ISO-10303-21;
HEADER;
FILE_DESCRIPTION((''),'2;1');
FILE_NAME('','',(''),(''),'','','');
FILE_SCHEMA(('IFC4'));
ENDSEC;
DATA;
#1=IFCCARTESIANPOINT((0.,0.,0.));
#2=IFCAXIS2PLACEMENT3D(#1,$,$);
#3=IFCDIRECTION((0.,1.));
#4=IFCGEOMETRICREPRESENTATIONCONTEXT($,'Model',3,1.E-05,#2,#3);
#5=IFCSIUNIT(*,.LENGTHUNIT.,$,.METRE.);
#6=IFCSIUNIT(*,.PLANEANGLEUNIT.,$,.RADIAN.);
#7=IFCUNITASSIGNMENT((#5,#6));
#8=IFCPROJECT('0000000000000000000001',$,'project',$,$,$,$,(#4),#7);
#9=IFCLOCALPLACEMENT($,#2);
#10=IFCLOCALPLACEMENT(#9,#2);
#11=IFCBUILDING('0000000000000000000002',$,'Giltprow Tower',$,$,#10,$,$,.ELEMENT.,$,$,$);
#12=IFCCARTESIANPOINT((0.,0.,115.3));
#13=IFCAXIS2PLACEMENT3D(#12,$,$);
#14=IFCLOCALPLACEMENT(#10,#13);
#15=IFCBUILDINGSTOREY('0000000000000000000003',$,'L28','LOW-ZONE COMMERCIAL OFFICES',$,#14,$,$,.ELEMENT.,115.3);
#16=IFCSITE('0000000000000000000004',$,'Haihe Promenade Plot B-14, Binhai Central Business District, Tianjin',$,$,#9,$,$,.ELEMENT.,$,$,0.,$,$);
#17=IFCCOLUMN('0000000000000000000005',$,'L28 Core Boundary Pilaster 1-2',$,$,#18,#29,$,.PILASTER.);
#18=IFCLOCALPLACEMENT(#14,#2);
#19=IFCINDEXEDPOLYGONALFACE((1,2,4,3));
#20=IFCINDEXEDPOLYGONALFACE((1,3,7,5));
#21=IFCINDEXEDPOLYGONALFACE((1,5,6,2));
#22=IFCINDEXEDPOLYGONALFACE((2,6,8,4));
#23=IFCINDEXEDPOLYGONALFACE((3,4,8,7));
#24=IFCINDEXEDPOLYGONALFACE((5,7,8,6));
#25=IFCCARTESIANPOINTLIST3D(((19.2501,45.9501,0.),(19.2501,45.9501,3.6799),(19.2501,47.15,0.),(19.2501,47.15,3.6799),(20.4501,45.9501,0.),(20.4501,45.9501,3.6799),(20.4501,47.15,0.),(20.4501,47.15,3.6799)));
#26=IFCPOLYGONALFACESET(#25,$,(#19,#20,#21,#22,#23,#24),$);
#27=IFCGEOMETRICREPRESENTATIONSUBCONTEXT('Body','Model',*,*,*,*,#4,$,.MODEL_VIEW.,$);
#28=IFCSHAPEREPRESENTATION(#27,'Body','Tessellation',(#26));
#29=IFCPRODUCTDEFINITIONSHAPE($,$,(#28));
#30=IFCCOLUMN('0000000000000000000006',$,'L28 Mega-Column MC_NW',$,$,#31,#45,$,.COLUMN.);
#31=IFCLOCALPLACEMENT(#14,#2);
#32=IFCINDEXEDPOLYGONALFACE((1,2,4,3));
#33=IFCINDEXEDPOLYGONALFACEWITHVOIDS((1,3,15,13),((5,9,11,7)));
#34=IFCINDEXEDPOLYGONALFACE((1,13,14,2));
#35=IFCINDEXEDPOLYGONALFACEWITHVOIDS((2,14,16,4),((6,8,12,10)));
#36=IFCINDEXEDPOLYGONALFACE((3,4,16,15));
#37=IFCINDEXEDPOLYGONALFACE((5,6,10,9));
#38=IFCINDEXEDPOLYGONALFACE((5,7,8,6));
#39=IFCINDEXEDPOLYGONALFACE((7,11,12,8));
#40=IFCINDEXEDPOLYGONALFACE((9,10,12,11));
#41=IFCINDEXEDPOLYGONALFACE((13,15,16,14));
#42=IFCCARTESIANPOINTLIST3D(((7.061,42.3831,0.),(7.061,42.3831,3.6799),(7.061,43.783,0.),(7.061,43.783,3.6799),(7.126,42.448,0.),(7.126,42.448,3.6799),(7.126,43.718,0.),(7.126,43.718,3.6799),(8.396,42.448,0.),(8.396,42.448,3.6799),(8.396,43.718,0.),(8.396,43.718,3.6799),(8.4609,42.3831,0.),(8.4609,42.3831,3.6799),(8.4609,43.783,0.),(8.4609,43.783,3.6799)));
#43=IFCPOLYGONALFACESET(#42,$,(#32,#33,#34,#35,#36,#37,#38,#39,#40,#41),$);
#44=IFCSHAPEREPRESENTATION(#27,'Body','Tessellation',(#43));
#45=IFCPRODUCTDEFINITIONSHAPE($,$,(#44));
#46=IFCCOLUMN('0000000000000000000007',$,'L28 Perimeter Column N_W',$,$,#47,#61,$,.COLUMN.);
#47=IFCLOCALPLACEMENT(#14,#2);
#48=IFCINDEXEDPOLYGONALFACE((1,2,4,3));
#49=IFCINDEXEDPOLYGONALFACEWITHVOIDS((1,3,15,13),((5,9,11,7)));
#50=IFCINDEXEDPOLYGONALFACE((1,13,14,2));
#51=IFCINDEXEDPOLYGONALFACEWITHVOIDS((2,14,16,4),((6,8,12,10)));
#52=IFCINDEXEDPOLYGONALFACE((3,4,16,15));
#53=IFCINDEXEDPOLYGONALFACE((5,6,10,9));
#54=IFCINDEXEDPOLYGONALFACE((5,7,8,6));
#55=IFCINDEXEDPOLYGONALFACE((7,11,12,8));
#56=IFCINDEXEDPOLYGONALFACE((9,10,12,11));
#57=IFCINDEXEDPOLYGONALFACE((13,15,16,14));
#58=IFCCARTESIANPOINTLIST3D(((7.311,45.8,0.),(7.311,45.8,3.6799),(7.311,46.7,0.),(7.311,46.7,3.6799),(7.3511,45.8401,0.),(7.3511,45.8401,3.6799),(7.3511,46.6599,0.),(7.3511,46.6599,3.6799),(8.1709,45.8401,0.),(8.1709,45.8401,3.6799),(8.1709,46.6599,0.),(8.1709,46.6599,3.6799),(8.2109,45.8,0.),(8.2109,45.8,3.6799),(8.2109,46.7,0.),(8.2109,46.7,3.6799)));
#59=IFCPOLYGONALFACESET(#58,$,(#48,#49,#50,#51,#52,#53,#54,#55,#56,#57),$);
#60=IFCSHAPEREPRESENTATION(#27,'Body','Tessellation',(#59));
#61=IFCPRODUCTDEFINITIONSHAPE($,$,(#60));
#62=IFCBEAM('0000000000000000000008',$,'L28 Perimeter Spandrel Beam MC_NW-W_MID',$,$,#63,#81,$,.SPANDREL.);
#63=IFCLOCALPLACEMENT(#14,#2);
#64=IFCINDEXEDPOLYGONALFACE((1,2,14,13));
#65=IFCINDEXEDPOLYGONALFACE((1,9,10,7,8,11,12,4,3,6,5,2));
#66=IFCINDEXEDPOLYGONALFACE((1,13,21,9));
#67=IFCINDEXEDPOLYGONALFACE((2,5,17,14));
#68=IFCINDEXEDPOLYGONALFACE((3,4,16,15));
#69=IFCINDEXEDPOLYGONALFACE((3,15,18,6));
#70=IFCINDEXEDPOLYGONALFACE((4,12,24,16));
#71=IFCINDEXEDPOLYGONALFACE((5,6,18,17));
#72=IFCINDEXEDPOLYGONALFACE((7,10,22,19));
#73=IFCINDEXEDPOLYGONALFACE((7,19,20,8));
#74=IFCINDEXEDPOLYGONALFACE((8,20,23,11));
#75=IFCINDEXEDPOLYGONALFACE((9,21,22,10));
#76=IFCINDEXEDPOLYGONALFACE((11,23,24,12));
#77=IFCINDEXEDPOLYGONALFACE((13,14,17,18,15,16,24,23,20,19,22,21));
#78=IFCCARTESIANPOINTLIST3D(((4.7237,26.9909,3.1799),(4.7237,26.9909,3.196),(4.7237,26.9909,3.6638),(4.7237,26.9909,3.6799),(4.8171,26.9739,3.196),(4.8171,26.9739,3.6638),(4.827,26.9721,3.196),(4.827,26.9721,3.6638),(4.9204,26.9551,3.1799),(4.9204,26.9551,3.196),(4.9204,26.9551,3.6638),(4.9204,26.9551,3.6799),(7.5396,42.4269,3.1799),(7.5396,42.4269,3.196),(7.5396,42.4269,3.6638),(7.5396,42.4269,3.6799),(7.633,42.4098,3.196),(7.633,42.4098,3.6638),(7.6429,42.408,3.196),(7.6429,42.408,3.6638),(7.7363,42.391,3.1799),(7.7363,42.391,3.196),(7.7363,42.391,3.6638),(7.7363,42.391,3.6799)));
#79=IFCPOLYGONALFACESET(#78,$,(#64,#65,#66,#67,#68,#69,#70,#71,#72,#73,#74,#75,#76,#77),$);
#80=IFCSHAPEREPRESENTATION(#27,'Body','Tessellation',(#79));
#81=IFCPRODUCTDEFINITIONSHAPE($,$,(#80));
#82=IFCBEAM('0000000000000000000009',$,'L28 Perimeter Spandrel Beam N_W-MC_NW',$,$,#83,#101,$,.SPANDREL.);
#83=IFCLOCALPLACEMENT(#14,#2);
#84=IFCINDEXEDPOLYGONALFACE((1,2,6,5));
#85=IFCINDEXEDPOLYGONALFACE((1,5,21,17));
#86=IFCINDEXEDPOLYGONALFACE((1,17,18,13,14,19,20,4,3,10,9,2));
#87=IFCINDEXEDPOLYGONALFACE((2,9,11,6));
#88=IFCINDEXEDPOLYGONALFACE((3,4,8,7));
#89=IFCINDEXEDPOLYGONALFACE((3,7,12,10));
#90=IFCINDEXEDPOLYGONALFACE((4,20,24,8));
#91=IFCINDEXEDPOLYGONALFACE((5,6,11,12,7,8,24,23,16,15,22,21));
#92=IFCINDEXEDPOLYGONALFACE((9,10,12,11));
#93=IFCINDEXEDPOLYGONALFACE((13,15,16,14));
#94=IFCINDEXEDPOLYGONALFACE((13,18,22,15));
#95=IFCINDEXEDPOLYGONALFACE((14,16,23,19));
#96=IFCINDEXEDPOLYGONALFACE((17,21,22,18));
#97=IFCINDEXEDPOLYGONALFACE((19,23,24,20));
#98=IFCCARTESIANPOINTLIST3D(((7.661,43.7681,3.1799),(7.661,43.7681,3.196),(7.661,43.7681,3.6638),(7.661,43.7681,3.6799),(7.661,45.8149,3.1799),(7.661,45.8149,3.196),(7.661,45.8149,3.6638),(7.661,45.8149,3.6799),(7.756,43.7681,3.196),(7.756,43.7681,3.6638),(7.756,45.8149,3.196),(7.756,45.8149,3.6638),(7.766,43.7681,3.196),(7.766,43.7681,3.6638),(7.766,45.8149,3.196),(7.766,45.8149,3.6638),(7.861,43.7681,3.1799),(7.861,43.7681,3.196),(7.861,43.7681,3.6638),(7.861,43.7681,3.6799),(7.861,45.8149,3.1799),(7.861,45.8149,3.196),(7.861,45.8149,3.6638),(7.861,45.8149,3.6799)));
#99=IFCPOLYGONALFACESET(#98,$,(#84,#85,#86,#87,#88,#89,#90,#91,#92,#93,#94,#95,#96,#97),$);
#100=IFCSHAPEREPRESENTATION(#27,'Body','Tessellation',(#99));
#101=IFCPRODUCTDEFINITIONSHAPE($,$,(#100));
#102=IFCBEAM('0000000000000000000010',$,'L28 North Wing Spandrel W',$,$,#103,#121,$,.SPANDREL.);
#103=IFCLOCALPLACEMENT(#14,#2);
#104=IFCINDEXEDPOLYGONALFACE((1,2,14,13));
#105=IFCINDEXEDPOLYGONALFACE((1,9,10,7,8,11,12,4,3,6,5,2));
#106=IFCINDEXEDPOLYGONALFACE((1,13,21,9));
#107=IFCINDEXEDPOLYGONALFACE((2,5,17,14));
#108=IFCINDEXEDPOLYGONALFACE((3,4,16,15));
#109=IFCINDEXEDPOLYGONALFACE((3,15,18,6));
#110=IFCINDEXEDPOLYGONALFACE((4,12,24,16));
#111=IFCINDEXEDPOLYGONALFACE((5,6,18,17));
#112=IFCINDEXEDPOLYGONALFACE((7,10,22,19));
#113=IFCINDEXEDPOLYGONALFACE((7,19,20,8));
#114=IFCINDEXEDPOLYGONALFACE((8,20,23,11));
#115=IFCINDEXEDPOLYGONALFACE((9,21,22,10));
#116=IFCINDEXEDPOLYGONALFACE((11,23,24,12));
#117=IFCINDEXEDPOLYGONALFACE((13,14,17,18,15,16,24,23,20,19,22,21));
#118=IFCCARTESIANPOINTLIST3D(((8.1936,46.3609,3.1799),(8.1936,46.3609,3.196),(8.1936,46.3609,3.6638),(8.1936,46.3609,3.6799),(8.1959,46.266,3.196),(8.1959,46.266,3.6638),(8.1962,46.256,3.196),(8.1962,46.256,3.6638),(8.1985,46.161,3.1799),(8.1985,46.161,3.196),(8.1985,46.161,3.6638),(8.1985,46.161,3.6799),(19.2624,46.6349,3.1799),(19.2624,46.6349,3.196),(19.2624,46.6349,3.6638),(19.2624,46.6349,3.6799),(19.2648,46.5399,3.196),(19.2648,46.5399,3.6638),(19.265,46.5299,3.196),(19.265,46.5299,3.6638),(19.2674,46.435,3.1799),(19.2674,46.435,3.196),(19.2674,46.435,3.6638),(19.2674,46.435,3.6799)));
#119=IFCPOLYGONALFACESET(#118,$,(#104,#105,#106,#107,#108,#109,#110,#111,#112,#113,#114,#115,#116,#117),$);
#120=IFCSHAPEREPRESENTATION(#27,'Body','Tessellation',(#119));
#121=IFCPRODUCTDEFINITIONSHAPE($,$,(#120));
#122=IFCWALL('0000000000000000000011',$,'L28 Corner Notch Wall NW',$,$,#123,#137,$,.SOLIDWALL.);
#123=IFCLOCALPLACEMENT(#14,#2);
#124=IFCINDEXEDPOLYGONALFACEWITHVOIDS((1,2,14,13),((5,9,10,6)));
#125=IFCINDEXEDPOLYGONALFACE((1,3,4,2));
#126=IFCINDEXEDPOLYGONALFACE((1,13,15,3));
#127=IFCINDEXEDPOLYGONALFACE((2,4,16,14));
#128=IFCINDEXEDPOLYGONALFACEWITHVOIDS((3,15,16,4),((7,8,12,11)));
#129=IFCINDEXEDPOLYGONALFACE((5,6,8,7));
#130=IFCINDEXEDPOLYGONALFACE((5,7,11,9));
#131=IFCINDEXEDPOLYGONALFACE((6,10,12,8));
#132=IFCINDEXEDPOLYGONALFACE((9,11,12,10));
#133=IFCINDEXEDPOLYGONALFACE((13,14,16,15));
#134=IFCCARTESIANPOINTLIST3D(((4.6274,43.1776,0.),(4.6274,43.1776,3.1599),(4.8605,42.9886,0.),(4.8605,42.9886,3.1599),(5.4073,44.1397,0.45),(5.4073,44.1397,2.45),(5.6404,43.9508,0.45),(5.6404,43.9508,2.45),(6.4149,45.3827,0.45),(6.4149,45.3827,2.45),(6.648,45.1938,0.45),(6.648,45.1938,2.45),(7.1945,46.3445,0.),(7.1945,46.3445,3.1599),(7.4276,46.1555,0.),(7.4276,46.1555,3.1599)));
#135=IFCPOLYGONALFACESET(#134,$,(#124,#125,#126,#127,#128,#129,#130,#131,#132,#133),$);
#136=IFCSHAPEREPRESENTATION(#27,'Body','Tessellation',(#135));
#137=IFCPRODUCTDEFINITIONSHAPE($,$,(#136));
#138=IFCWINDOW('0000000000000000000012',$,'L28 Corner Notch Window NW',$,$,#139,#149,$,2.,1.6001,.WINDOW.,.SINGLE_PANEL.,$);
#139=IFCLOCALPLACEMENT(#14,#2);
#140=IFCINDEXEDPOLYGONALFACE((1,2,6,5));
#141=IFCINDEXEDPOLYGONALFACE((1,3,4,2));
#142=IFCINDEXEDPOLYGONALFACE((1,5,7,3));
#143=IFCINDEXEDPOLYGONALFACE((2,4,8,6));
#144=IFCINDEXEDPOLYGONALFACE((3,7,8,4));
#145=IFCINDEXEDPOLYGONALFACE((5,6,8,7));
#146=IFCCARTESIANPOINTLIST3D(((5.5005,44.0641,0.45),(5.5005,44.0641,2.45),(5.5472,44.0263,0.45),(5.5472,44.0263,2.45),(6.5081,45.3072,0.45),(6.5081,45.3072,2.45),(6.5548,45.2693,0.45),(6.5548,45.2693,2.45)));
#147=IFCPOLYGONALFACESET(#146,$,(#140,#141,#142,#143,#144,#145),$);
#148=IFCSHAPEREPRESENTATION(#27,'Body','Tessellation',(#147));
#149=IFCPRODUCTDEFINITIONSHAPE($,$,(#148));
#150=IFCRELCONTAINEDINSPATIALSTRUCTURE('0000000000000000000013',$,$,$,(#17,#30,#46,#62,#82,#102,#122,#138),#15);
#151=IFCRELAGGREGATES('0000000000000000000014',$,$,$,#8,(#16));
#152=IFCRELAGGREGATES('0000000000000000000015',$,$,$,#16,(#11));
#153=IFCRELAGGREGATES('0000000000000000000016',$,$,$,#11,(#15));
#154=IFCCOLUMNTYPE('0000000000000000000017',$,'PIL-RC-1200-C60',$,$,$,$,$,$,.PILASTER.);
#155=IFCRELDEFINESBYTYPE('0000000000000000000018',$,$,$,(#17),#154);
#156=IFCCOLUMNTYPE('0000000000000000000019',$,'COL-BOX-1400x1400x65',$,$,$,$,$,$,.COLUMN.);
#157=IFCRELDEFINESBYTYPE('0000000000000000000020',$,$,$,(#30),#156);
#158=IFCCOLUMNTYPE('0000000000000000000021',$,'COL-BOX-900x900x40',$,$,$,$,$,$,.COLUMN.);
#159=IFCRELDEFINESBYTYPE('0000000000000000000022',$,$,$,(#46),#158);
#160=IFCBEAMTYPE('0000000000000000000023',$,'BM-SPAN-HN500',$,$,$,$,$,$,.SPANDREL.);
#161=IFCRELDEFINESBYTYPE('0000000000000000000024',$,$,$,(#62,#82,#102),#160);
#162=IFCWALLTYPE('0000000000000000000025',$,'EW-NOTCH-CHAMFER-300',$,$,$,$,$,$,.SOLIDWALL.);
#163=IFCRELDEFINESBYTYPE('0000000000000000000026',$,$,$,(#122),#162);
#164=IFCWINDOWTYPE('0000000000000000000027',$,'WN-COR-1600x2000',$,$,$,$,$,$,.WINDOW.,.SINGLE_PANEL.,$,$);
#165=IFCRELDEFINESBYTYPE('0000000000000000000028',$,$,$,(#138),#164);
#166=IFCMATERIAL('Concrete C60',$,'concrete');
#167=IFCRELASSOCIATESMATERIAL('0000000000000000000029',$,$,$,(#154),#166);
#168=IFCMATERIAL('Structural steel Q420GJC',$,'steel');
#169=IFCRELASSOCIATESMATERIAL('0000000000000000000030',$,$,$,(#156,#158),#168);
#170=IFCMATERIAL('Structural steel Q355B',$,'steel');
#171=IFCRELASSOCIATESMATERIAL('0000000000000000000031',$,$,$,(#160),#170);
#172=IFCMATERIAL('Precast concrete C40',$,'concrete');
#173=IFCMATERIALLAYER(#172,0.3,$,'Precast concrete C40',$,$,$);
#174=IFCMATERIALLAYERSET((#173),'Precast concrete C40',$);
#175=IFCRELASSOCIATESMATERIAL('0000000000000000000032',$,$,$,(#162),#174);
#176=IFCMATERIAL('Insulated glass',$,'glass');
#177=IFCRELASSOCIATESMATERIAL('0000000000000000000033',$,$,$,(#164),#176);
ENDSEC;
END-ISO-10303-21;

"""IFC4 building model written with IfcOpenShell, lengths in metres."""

from ifc_helpers import new_model, si_unit, direction, frame, frame_2d, origin, origin_2d, place, context, subcontext, project, spatial, rectangle, hollow_rectangle, i_section, extrude, source, transform, mapped, material, layer, layer_set, material_profile, profile_set, type_object, element, fill, save


model = new_model("IFC4")

# Units and contexts
model_context = context("Model", 3, precision=1e-05, world=origin(), true_north=direction((0.0, 1.0)))
body_context = subcontext(model_context, "Body", "Model", "MODEL_VIEW")
ifc_project = project(units=[si_unit("LENGTHUNIT", "METRE"), si_unit("PLANEANGLEUNIT", "RADIAN")], contexts=[model_context])

# Site, building, storey
site_placement = place(None, origin())
site = spatial("IfcSite", under=ifc_project, at=site_placement, Name="Haihe Promenade Plot B-14, Binhai Central Business District, Tianjin", CompositionType="ELEMENT", RefElevation=0.0)
building_placement = place(site_placement, origin())
building = spatial("IfcBuilding", under=site, at=building_placement, Name="Giltprow Tower", CompositionType="ELEMENT")
storey_placement = place(building_placement, frame((0.0, 0.0, 115.3)))
storey = spatial("IfcBuildingStorey", under=building, at=storey_placement, Name="L28", Description="LOW-ZONE COMMERCIAL OFFICES", CompositionType="ELEMENT", Elevation=115.3)

# Columns
ifc_material_1 = material(Name="Concrete C60", Category="concrete")
ifc_material_profile_1 = material_profile(ifc_material_1, rectangle(XDim=1.2, YDim=1.2, at=origin_2d()), Name="RC 1200x1200")
ifc_profile_set_1 = profile_set([ifc_material_profile_1], Name="Concrete C60")
column_type_1 = type_object("IfcColumnType", Name="PIL-RC-1200-C60", PredefinedType="PILASTER", material=ifc_profile_set_1)
shared_shape_1 = source(origin(), body_context, "Body", "SweptSolid", [
    extrude(rectangle(XDim=1.2, YDim=1.2, at=origin_2d()), origin(), (0.0, 0.0, 1.0), 3.6799),
])
column_1_placement = place(storey_placement, frame((19.8501, 46.55, 0.0), z_axis=(0.0, 0.0, 1.0), x_axis=(1.0, 0.0, 0.0)))
element("IfcColumn", 1, at=column_1_placement, inside=storey, type_object=column_type_1, Name="L28 Core Boundary Pilaster 1-2", PredefinedType="PILASTER", context=body_context, shape_type="MappedRepresentation", body=[
    mapped(shared_shape_1, transform((0.0, 0.0, 0.0), x_axis=(1.0, 0.0, 0.0), y_axis=(0.0, 1.0, 0.0), z_axis=(0.0, 0.0, 1.0), scale=1.0)),
])
ifc_material_2 = material(Name="Structural steel Q420GJC", Category="steel")
ifc_material_profile_2 = material_profile(ifc_material_2, hollow_rectangle(XDim=1.3999, YDim=1.3999, WallThickness=0.0649, at=origin_2d()), Name="BOX 1400x1400x65")
ifc_profile_set_2 = profile_set([ifc_material_profile_2], Name="Structural steel Q420GJC")
column_type_2 = type_object("IfcColumnType", Name="COL-BOX-1400x1400x65", PredefinedType="COLUMN", material=ifc_profile_set_2)
shared_shape_2 = source(origin(), body_context, "Body", "SweptSolid", [
    extrude(hollow_rectangle(XDim=1.3999, YDim=1.3999, WallThickness=0.0649, at=origin_2d()), origin(), (0.0, 0.0, 1.0), 3.6799),
])
column_2_placement = place(storey_placement, frame((7.761, 43.083, 0.0), z_axis=(0.0, 0.0, 1.0), x_axis=(1.0, 0.0, 0.0)))
element("IfcColumn", 2, at=column_2_placement, inside=storey, type_object=column_type_2, Name="L28 Mega-Column MC_NW", PredefinedType="COLUMN", context=body_context, shape_type="MappedRepresentation", body=[
    mapped(shared_shape_2, transform((0.0, 0.0, 0.0), x_axis=(1.0, 0.0, 0.0), y_axis=(0.0, 1.0, 0.0), z_axis=(0.0, 0.0, 1.0), scale=1.0)),
])
ifc_material_profile_3 = material_profile(ifc_material_2, hollow_rectangle(XDim=0.8999, YDim=0.8999, WallThickness=0.04, at=origin_2d()), Name="BOX 900x900x40")
ifc_profile_set_3 = profile_set([ifc_material_profile_3], Name="Structural steel Q420GJC")
column_type_3 = type_object("IfcColumnType", Name="COL-BOX-900x900x40", PredefinedType="COLUMN", material=ifc_profile_set_3)
shared_shape_3 = source(origin(), body_context, "Body", "SweptSolid", [
    extrude(hollow_rectangle(XDim=0.8999, YDim=0.8999, WallThickness=0.04, at=origin_2d()), origin(), (0.0, 0.0, 1.0), 3.6799),
])
column_3_placement = place(storey_placement, frame((7.761, 46.25, 0.0), z_axis=(0.0, 0.0, 1.0), x_axis=(1.0, 0.0, 0.0)))
element("IfcColumn", 3, at=column_3_placement, inside=storey, type_object=column_type_3, Name="L28 Perimeter Column N_W", PredefinedType="COLUMN", context=body_context, shape_type="MappedRepresentation", body=[
    mapped(shared_shape_3, transform((0.0, 0.0, 0.0), x_axis=(1.0, 0.0, 0.0), y_axis=(0.0, 1.0, 0.0), z_axis=(0.0, 0.0, 1.0), scale=1.0)),
])

# Beams
ifc_material_3 = material(Name="Structural steel Q355B", Category="steel")
ifc_material_profile_4 = material_profile(ifc_material_3, i_section(OverallWidth=0.2, OverallDepth=0.5, WebThickness=0.01, FlangeThickness=0.0161, at=origin_2d()), Name="HN 500x200x10x16")
ifc_profile_set_4 = profile_set([ifc_material_profile_4], Name="Structural steel Q355B")
beam_type = type_object("IfcBeamType", Name="BM-SPAN-HN500", PredefinedType="SPANDREL", material=ifc_profile_set_4)
shared_shape_4 = source(origin(), body_context, "Body", "SweptSolid", [
    extrude(i_section(OverallWidth=0.2, OverallDepth=0.5, WebThickness=0.01, FlangeThickness=0.0161, at=origin_2d()), origin(), (0.0, 0.0, 1.0), 15.6907),
])
beam_1_placement = place(storey_placement, frame((7.6379, 42.4089, 3.4299), z_axis=(-0.179463, -0.983765, 0.0), x_axis=(0.983765, -0.179463, 0.0)))
element("IfcBeam", 4, at=beam_1_placement, inside=storey, type_object=beam_type, Name="L28 Perimeter Spandrel Beam MC_NW-W_MID", PredefinedType="SPANDREL", context=body_context, shape_type="MappedRepresentation", body=[
    mapped(shared_shape_4, transform((0.0, 0.0, 0.0), x_axis=(1.0, 0.0, 0.0), y_axis=(0.0, 1.0, 0.0), z_axis=(0.0, 0.0, 1.0), scale=1.0)),
])
shared_shape_5 = source(origin(), body_context, "Body", "SweptSolid", [
    extrude(i_section(OverallWidth=0.2, OverallDepth=0.5, WebThickness=0.01, FlangeThickness=0.0161, at=origin_2d()), origin(), (0.0, 0.0, 1.0), 2.0469),
])
beam_2_placement = place(storey_placement, frame((7.761, 45.8149, 3.4299), z_axis=(0.0, -1.0, 0.0), x_axis=(1.0, 0.0, 0.0)))
element("IfcBeam", 5, at=beam_2_placement, inside=storey, type_object=beam_type, Name="L28 Perimeter Spandrel Beam N_W-MC_NW", PredefinedType="SPANDREL", context=body_context, shape_type="MappedRepresentation", body=[
    mapped(shared_shape_5, transform((0.0, 0.0, 0.0), x_axis=(1.0, 0.0, 0.0), y_axis=(0.0, 1.0, 0.0), z_axis=(0.0, 0.0, 1.0), scale=1.0)),
])
shared_shape_6 = source(origin(), body_context, "Body", "SweptSolid", [
    extrude(i_section(OverallWidth=0.2, OverallDepth=0.5, WebThickness=0.01, FlangeThickness=0.0161, at=origin_2d()), origin(), (0.0, 0.0, 1.0), 11.0723),
])
beam_3_placement = place(storey_placement, frame((8.196, 46.261, 3.4299), z_axis=(0.999694, 0.02474, 0.0), x_axis=(-0.02474, 0.999694, 0.0)))
element("IfcBeam", 6, at=beam_3_placement, inside=storey, type_object=beam_type, Name="L28 North Wing Spandrel W", PredefinedType="SPANDREL", context=body_context, shape_type="MappedRepresentation", body=[
    mapped(shared_shape_6, transform((0.0, 0.0, 0.0), x_axis=(1.0, 0.0, 0.0), y_axis=(0.0, 1.0, 0.0), z_axis=(0.0, 0.0, 1.0), scale=1.0)),
])

# Wall, opening, window
ifc_material_4 = material(Name="Precast concrete C40", Category="concrete")
ifc_layer_1 = layer(ifc_material_4, 0.3, Name="Precast concrete C40")
ifc_layer_set_1 = layer_set([ifc_layer_1], Name="Precast concrete C40")
wall_type_1 = type_object("IfcWallType", Name="EW-NOTCH-CHAMFER-300", PredefinedType="SOLIDWALL", material=ifc_layer_set_1)
wall_1_placement = place(storey_placement, frame((7.311, 46.25, 0.0), z_axis=(0.0, 0.0, 1.0), x_axis=(-0.629699, -0.776839, 0.0)))
wall_1 = element("IfcWall", 7, at=wall_1_placement, inside=storey, type_object=wall_type_1, Name="L28 Corner Notch Wall NW", PredefinedType="SOLIDWALL", context=body_context, shape_type="SweptSolid", body=[
    extrude(rectangle(XDim=4.0767, YDim=0.3, at=frame_2d((2.0383, 0.0))), origin(), (0.0, 0.0, 1.0), 3.1599),
])
opening_1_placement = place(wall_1_placement, frame((1.238, 0.0, 0.45)))
opening_1 = element("IfcOpeningElement", 8, at=opening_1_placement, cuts=wall_1, PredefinedType="OPENING", context=body_context, shape_type="SweptSolid", body=[
    extrude(rectangle(XDim=1.6001, YDim=2.0, at=frame_2d((0.8, 1.0))), frame((0.0, 0.1599, 0.0), z_axis=(0.0, -1.0, 0.0), x_axis=(1.0, 0.0, 0.0)), (0.0, 0.0, 1.0), 0.3201),
])
ifc_material_5 = material(Name="Insulated glass", Category="glass")
window_type = type_object("IfcWindowType", Name="WN-COR-1600x2000", PartitioningType="SINGLE_PANEL", PredefinedType="WINDOW", material=ifc_material_5)
shared_shape_7 = source(origin(), body_context, "Body", "SweptSolid", [
    extrude(rectangle(XDim=1.6001, YDim=2.0, at=frame_2d((0.8, 1.0))), frame((0.0, 0.03, 0.0), z_axis=(0.0, -1.0, 0.0), x_axis=(1.0, 0.0, 0.0)), (0.0, 0.0, 1.0), 0.0601),
])
window_1_placement = place(opening_1_placement, origin())
window_1 = element("IfcWindow", 9, at=window_1_placement, inside=storey, type_object=window_type, Name="L28 Corner Notch Window NW", OverallHeight=2.0, OverallWidth=1.6001, PartitioningType="SINGLE_PANEL", PredefinedType="WINDOW", context=body_context, shape_type="MappedRepresentation", body=[
    mapped(shared_shape_7, transform((0.0, 0.0, 0.0), x_axis=(1.0, 0.0, 0.0), y_axis=(0.0, 1.0, 0.0), z_axis=(0.0, 0.0, 1.0), scale=1.0)),
])
fill(opening_1, window_1)

save(model, "model.ifc")
